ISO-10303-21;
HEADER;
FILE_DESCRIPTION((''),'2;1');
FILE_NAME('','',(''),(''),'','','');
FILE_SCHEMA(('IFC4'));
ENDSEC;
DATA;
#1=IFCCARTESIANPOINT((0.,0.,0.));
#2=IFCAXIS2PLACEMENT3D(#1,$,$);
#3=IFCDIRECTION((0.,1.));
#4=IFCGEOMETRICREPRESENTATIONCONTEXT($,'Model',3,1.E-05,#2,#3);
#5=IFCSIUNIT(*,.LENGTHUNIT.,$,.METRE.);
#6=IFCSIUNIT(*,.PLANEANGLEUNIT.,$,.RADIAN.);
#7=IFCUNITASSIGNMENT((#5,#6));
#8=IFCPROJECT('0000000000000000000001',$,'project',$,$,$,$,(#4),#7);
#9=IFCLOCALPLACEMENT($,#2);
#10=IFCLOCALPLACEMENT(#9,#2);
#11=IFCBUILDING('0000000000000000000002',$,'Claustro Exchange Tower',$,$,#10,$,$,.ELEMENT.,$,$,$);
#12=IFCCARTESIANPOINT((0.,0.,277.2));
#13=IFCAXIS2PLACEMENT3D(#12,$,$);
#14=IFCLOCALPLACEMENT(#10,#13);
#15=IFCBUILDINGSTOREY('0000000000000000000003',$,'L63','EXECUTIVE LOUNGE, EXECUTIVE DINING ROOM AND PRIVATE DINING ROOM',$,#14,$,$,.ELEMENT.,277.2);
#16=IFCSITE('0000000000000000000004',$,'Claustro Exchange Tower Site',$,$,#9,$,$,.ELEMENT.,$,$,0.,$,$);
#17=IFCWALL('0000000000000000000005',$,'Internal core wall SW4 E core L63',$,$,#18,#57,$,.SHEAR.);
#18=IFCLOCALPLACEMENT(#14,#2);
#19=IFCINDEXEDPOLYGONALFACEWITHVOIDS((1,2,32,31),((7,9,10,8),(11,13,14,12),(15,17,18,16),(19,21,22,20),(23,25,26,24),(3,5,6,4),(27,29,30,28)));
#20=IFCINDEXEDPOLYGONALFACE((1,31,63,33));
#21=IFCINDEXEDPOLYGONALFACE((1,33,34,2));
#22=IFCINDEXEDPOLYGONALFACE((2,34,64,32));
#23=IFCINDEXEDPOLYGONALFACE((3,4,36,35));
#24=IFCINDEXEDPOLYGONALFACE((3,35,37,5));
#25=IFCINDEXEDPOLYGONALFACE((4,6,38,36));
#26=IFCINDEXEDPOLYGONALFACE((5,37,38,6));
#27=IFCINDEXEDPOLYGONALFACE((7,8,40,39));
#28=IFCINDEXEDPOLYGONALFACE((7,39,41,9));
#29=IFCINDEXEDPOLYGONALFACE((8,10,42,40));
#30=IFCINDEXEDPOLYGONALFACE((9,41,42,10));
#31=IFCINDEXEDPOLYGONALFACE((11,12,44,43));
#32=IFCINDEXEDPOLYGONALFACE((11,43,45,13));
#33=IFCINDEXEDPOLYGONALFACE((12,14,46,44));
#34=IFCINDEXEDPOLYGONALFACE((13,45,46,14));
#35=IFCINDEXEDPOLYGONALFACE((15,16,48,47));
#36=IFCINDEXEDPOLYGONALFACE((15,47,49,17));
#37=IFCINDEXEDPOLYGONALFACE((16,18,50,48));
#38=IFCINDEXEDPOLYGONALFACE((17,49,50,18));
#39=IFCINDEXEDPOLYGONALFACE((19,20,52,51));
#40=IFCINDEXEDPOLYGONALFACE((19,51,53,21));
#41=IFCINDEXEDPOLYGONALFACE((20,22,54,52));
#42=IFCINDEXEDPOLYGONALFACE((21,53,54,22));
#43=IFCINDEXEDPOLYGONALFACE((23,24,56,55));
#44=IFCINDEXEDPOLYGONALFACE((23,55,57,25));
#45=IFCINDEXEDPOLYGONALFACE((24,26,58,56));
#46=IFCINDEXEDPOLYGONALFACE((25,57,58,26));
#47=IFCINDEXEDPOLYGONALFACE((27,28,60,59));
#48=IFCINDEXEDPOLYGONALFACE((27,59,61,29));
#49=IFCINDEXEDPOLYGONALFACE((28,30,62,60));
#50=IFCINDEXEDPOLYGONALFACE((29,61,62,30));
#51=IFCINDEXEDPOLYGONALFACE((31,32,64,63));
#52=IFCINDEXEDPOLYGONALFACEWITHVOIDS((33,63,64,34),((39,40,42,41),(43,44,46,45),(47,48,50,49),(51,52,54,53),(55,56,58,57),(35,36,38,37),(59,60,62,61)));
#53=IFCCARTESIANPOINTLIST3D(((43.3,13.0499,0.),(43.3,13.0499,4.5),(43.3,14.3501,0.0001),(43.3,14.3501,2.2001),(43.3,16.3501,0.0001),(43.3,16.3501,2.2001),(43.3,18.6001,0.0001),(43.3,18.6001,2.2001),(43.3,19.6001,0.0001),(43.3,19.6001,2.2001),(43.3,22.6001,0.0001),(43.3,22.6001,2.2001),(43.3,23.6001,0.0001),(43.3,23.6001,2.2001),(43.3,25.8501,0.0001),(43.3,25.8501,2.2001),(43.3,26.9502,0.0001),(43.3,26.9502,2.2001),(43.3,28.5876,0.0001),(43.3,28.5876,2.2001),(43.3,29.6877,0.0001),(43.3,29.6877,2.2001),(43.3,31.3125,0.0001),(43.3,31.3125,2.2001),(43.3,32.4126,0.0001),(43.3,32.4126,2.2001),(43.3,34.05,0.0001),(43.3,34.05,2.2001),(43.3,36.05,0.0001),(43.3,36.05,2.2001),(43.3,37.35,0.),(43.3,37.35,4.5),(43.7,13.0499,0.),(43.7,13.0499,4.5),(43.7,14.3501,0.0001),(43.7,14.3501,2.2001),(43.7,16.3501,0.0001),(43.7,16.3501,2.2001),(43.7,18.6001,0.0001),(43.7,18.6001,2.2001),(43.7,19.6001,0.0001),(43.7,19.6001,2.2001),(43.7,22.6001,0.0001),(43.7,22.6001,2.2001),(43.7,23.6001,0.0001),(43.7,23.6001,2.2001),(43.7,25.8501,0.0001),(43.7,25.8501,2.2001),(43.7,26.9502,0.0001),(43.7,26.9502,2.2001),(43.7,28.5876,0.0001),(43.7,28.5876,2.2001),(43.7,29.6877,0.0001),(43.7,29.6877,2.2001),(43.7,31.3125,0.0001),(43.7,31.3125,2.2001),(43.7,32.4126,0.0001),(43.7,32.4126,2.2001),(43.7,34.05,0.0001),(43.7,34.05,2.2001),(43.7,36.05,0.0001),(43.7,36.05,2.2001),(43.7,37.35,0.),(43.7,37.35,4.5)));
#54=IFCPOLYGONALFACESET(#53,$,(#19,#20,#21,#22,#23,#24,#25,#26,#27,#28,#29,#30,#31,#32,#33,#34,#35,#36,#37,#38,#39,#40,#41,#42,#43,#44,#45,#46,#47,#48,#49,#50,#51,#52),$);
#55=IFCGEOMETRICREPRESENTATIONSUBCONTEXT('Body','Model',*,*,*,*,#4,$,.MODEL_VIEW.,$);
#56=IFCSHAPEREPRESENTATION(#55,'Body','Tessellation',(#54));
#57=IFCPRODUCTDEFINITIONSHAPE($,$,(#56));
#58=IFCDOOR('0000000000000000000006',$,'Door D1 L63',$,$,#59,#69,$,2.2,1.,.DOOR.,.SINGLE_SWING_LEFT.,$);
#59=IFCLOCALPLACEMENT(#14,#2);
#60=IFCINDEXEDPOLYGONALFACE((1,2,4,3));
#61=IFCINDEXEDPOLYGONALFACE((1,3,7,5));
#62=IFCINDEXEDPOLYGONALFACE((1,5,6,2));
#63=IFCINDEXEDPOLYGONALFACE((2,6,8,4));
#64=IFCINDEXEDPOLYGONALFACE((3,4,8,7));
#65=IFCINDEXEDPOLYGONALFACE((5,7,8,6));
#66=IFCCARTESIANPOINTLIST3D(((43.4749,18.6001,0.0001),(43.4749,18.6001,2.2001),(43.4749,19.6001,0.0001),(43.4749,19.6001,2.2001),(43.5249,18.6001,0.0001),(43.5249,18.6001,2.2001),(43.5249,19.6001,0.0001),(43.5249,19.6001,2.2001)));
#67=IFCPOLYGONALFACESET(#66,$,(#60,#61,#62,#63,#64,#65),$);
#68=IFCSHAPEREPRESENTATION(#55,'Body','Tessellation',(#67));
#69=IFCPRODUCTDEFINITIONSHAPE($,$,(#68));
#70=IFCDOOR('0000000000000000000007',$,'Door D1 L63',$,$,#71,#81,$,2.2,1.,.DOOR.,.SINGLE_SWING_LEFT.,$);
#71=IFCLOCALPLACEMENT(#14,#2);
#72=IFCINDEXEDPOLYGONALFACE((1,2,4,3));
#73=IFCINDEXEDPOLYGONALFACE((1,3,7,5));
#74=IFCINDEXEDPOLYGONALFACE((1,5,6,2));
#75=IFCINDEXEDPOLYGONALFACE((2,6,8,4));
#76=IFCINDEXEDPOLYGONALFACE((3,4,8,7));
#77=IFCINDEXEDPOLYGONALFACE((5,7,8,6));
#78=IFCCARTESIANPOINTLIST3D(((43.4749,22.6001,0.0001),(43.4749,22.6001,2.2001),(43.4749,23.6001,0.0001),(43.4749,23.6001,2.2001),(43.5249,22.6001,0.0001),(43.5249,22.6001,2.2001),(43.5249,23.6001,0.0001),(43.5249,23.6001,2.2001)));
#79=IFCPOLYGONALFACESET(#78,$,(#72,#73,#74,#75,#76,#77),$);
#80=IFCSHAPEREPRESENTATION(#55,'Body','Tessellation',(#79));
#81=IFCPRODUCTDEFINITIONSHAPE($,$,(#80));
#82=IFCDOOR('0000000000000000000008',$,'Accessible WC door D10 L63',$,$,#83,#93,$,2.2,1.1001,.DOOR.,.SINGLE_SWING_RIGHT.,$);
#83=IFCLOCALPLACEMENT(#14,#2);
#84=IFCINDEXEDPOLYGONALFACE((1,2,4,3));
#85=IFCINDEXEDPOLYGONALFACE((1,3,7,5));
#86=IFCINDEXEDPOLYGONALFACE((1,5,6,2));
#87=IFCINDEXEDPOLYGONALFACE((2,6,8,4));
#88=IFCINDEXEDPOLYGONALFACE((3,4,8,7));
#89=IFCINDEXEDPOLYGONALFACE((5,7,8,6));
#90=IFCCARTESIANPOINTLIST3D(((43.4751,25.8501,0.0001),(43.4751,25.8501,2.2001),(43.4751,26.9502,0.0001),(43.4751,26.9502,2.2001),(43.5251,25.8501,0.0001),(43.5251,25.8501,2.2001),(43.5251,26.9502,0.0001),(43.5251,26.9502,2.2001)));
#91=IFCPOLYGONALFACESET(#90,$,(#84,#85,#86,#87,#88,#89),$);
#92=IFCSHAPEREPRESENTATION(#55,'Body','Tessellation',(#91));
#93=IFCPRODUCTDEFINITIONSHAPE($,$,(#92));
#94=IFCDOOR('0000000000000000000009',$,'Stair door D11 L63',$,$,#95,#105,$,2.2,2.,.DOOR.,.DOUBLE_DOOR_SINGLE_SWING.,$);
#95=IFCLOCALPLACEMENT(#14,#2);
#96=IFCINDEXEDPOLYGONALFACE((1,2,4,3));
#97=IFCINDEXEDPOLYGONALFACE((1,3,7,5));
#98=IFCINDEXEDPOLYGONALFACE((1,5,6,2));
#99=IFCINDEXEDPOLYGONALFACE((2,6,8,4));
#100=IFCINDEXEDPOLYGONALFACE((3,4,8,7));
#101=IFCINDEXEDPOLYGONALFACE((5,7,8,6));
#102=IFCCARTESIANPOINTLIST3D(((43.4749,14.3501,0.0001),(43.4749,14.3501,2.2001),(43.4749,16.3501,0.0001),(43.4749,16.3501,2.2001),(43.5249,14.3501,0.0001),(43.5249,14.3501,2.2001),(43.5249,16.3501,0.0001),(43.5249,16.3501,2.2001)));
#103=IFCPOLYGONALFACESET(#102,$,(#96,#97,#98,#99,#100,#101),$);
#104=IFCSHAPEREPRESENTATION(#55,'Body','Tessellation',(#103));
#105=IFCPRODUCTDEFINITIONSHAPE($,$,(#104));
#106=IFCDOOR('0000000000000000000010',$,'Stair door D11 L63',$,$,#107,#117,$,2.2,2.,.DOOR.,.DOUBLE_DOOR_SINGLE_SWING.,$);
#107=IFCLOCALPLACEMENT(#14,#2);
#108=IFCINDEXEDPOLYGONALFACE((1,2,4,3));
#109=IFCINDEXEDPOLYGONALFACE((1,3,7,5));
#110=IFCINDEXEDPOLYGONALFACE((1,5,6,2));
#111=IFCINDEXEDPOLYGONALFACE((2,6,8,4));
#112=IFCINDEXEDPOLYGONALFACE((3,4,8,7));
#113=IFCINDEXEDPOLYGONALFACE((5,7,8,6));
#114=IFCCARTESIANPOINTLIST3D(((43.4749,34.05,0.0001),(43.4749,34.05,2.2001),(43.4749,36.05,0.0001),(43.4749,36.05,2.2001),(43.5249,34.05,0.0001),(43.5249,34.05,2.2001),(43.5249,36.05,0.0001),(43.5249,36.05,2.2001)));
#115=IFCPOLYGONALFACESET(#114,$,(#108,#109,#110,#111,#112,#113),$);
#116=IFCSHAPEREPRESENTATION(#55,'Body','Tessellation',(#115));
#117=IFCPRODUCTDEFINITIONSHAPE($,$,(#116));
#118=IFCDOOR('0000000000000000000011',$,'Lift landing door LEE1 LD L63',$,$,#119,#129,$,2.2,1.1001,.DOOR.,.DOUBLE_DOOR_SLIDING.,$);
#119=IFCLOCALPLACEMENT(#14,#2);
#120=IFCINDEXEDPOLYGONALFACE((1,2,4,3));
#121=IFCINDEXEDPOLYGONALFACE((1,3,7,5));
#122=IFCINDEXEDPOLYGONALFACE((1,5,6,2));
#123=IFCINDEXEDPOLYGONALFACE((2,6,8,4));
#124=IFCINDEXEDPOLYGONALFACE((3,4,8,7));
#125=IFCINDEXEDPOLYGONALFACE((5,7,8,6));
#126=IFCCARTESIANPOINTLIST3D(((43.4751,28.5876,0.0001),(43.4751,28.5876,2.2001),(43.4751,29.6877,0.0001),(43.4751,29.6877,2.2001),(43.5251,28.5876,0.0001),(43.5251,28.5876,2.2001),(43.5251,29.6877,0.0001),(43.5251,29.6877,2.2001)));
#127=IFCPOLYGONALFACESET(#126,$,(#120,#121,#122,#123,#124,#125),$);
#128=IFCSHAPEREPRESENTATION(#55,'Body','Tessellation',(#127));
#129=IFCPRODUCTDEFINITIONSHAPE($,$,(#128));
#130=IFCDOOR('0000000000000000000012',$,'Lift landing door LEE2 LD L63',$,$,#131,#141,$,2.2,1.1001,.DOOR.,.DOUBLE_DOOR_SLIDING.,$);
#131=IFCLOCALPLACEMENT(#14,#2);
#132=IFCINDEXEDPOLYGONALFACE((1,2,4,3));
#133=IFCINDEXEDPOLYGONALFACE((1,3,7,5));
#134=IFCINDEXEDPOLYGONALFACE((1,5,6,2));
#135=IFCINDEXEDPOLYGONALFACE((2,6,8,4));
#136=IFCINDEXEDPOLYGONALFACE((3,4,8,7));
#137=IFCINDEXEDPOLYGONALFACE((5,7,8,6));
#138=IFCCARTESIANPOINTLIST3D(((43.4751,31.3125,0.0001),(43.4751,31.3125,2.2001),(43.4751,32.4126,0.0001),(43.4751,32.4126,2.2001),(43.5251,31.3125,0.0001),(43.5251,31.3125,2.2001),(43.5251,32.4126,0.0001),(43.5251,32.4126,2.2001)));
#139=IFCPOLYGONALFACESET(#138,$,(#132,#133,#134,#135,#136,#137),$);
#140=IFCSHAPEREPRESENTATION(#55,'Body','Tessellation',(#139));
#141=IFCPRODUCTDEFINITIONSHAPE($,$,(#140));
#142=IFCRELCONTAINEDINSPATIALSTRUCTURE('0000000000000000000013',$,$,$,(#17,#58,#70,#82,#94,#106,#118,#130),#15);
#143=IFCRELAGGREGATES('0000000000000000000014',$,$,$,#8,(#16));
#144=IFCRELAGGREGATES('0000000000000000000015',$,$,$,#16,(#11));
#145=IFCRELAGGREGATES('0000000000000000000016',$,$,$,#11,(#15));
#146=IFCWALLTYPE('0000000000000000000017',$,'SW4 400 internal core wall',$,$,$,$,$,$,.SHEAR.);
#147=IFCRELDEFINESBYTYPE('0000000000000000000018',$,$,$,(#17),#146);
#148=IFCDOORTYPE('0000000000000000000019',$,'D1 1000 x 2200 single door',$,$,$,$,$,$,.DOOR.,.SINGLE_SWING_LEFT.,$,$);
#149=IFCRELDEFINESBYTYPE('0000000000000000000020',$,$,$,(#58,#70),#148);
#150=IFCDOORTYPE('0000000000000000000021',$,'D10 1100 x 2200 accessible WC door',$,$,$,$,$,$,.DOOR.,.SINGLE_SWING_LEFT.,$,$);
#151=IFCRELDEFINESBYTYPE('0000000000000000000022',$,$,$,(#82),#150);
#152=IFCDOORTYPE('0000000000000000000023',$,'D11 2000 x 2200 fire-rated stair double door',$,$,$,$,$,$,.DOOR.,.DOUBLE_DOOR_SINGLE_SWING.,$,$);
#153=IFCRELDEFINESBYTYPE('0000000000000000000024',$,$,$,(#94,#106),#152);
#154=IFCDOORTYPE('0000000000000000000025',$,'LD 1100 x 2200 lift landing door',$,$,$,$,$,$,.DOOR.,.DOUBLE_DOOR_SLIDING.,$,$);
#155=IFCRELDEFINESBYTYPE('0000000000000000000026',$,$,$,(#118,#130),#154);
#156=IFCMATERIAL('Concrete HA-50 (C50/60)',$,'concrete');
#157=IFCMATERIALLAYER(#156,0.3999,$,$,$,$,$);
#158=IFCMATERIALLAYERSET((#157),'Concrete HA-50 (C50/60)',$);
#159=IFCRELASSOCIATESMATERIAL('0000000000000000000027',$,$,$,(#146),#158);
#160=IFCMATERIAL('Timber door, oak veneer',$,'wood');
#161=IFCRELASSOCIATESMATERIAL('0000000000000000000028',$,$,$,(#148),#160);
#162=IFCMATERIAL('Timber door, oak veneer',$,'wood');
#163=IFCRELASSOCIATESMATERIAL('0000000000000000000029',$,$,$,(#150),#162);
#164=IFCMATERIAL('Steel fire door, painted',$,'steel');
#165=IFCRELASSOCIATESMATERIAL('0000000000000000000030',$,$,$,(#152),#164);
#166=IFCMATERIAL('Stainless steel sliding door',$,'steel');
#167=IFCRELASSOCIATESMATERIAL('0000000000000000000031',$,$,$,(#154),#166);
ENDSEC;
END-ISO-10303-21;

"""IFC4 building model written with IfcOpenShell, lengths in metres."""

from ifc_helpers import new_model, si_unit, direction, frame, frame_2d, origin, place, context, subcontext, project, spatial, rectangle, extrude, material, layer, layer_set, type_object, element, fill, save


model = new_model("IFC4")

# Units and contexts
model_context = context("Model", 3, precision=1e-05, world=origin(), true_north=direction((0.0, 1.0)))
body_context = subcontext(model_context, "Body", "Model", "MODEL_VIEW")
ifc_project = project(units=[si_unit("LENGTHUNIT", "METRE"), si_unit("PLANEANGLEUNIT", "RADIAN")], contexts=[model_context])

# Site, building, storey
site_placement = place(None, origin())
site = spatial("IfcSite", under=ifc_project, at=site_placement, Name="Claustro Exchange Tower Site", CompositionType="ELEMENT", RefElevation=0.0)
building_placement = place(site_placement, origin())
building = spatial("IfcBuilding", under=site, at=building_placement, Name="Claustro Exchange Tower", CompositionType="ELEMENT")
storey_placement = place(building_placement, frame((0.0, 0.0, 277.2)))
storey = spatial("IfcBuildingStorey", under=building, at=storey_placement, Name="L63", Description="EXECUTIVE LOUNGE, EXECUTIVE DINING ROOM AND PRIVATE DINING ROOM", CompositionType="ELEMENT", Elevation=277.2)

# Wall, openings, doors
ifc_material_1 = material(Name="Concrete HA-50 (C50/60)", Category="concrete")
ifc_layer_1 = layer(ifc_material_1, 0.3999)
ifc_layer_set_1 = layer_set([ifc_layer_1], Name="Concrete HA-50 (C50/60)")
wall_type_1 = type_object("IfcWallType", Name="SW4 400 internal core wall", PredefinedType="SHEAR", material=ifc_layer_set_1)
wall_1_placement = place(storey_placement, frame((43.5, 13.05, 0.0), z_axis=(0.0, 0.0, 1.0), x_axis=(0.0, 1.0, 0.0)))
wall_1 = element("IfcWall", 1, at=wall_1_placement, inside=storey, type_object=wall_type_1, Name="Internal core wall SW4 E core L63", PredefinedType="SHEAR", context=body_context, shape_type="SweptSolid", body=[
    extrude(rectangle(XDim=24.3, YDim=0.3999, at=frame_2d((12.1499, 0.0))), origin(), (0.0, 0.0, 1.0), 4.5),
])
opening_1_placement = place(wall_1_placement, frame((1.3, 0.0, 0.0)))
opening_1 = element("IfcOpeningElement", 2, at=opening_1_placement, cuts=wall_1, PredefinedType="OPENING", context=body_context, shape_type="SweptSolid", body=[
    extrude(rectangle(XDim=2.0, YDim=2.2, at=frame_2d((1.0, 1.1001))), frame((0.0, 0.21, 0.0), z_axis=(0.0, -1.0, 0.0), x_axis=(1.0, 0.0, 0.0)), (0.0, 0.0, 1.0), 0.4199),
])
opening_2_placement = place(wall_1_placement, frame((21.0, 0.0, 0.0)))
opening_2 = element("IfcOpeningElement", 3, at=opening_2_placement, cuts=wall_1, PredefinedType="OPENING", context=body_context, shape_type="SweptSolid", body=[
    extrude(rectangle(XDim=2.0, YDim=2.2, at=frame_2d((1.0, 1.1001))), frame((0.0, 0.21, 0.0), z_axis=(0.0, -1.0, 0.0), x_axis=(1.0, 0.0, 0.0)), (0.0, 0.0, 1.0), 0.4199),
])
opening_3_placement = place(wall_1_placement, frame((5.55, 0.0, 0.0)))
opening_3 = element("IfcOpeningElement", 4, at=opening_3_placement, cuts=wall_1, PredefinedType="OPENING", context=body_context, shape_type="SweptSolid", body=[
    extrude(rectangle(XDim=1.0, YDim=2.2, at=frame_2d((0.5, 1.1001))), frame((0.0, 0.21, 0.0), z_axis=(0.0, -1.0, 0.0), x_axis=(1.0, 0.0, 0.0)), (0.0, 0.0, 1.0), 0.4199),
])
opening_4_placement = place(wall_1_placement, frame((9.55, 0.0, 0.0)))
opening_4 = element("IfcOpeningElement", 5, at=opening_4_placement, cuts=wall_1, PredefinedType="OPENING", context=body_context, shape_type="SweptSolid", body=[
    extrude(rectangle(XDim=1.0, YDim=2.2, at=frame_2d((0.5, 1.1001))), frame((0.0, 0.21, 0.0), z_axis=(0.0, -1.0, 0.0), x_axis=(1.0, 0.0, 0.0)), (0.0, 0.0, 1.0), 0.4199),
])
opening_5_placement = place(wall_1_placement, frame((12.8, 0.0, 0.0)))
opening_5 = element("IfcOpeningElement", 6, at=opening_5_placement, cuts=wall_1, PredefinedType="OPENING", context=body_context, shape_type="SweptSolid", body=[
    extrude(rectangle(XDim=1.1001, YDim=2.2, at=frame_2d((0.55, 1.1001))), frame((0.0, 0.21, 0.0), z_axis=(0.0, -1.0, 0.0), x_axis=(1.0, 0.0, 0.0)), (0.0, 0.0, 1.0), 0.4199),
])
opening_6_placement = place(wall_1_placement, frame((15.5376, 0.0, 0.0)))
opening_6 = element("IfcOpeningElement", 7, at=opening_6_placement, cuts=wall_1, PredefinedType="OPENING", context=body_context, shape_type="SweptSolid", body=[
    extrude(rectangle(XDim=1.1001, YDim=2.2, at=frame_2d((0.55, 1.1001))), frame((0.0, 0.21, 0.0), z_axis=(0.0, -1.0, 0.0), x_axis=(1.0, 0.0, 0.0)), (0.0, 0.0, 1.0), 0.4199),
])
opening_7_placement = place(wall_1_placement, frame((18.2625, 0.0, 0.0)))
opening_7 = element("IfcOpeningElement", 8, at=opening_7_placement, cuts=wall_1, PredefinedType="OPENING", context=body_context, shape_type="SweptSolid", body=[
    extrude(rectangle(XDim=1.1001, YDim=2.2, at=frame_2d((0.55, 1.1001))), frame((0.0, 0.21, 0.0), z_axis=(0.0, -1.0, 0.0), x_axis=(1.0, 0.0, 0.0)), (0.0, 0.0, 1.0), 0.4199),
])
ifc_material_2 = material(Name="Timber door, oak veneer", Category="wood")
door_type_1 = type_object("IfcDoorType", Name="D1 1000 x 2200 single door", OperationType="SINGLE_SWING_LEFT", PredefinedType="DOOR", material=ifc_material_2)
door_1_placement = place(opening_3_placement, frame((1.0, 0.0, 0.0), z_axis=(0.0, 0.0, 1.0), x_axis=(-1.0, 0.0, 0.0)))
door_1 = element("IfcDoor", 9, at=door_1_placement, inside=storey, type_object=door_type_1, Name="Door D1 L63", OperationType="SINGLE_SWING_LEFT", OverallHeight=2.2, OverallWidth=1.0, PredefinedType="DOOR", context=body_context, shape_type="SweptSolid", body=[
    extrude(rectangle(XDim=1.0, YDim=2.2, at=frame_2d((0.5, 1.1001))), frame((0.0, 0.0249, 0.0), z_axis=(0.0, -1.0, 0.0), x_axis=(1.0, 0.0, 0.0)), (0.0, 0.0, 1.0), 0.05),
])
fill(opening_3, door_1)
door_2_placement = place(opening_4_placement, frame((1.0, 0.0, 0.0), z_axis=(0.0, 0.0, 1.0), x_axis=(-1.0, 0.0, 0.0)))
door_2 = element("IfcDoor", 10, at=door_2_placement, inside=storey, type_object=door_type_1, Name="Door D1 L63", OperationType="SINGLE_SWING_LEFT", OverallHeight=2.2, OverallWidth=1.0, PredefinedType="DOOR", context=body_context, shape_type="SweptSolid", body=[
    extrude(rectangle(XDim=1.0, YDim=2.2, at=frame_2d((0.5, 1.1001))), frame((0.0, 0.0249, 0.0), z_axis=(0.0, -1.0, 0.0), x_axis=(1.0, 0.0, 0.0)), (0.0, 0.0, 1.0), 0.05),
])
fill(opening_4, door_2)
ifc_material_3 = material(Name="Timber door, oak veneer", Category="wood")
door_type_2 = type_object("IfcDoorType", Name="D10 1100 x 2200 accessible WC door", OperationType="SINGLE_SWING_LEFT", PredefinedType="DOOR", material=ifc_material_3)
door_3_placement = place(opening_5_placement, origin())
door_3 = element("IfcDoor", 11, at=door_3_placement, inside=storey, type_object=door_type_2, Name="Accessible WC door D10 L63", OperationType="SINGLE_SWING_RIGHT", OverallHeight=2.2, OverallWidth=1.1001, PredefinedType="DOOR", context=body_context, shape_type="SweptSolid", body=[
    extrude(rectangle(XDim=1.1001, YDim=2.2, at=frame_2d((0.55, 1.1001))), frame((0.0, 0.0249, 0.0), z_axis=(0.0, -1.0, 0.0), x_axis=(1.0, 0.0, 0.0)), (0.0, 0.0, 1.0), 0.05),
])
fill(opening_5, door_3)
ifc_material_4 = material(Name="Steel fire door, painted", Category="steel")
door_type_3 = type_object("IfcDoorType", Name="D11 2000 x 2200 fire-rated stair double door", OperationType="DOUBLE_DOOR_SINGLE_SWING", PredefinedType="DOOR", material=ifc_material_4)
door_4_placement = place(opening_1_placement, frame((2.0, 0.0, 0.0), z_axis=(0.0, 0.0, 1.0), x_axis=(-1.0, 0.0, 0.0)))
door_4 = element("IfcDoor", 12, at=door_4_placement, inside=storey, type_object=door_type_3, Name="Stair door D11 L63", OperationType="DOUBLE_DOOR_SINGLE_SWING", OverallHeight=2.2, OverallWidth=2.0, PredefinedType="DOOR", context=body_context, shape_type="SweptSolid", body=[
    extrude(rectangle(XDim=2.0, YDim=2.2, at=frame_2d((1.0, 1.1001))), frame((0.0, 0.0249, 0.0), z_axis=(0.0, -1.0, 0.0), x_axis=(1.0, 0.0, 0.0)), (0.0, 0.0, 1.0), 0.05),
])
fill(opening_1, door_4)
door_5_placement = place(opening_2_placement, frame((2.0, 0.0, 0.0), z_axis=(0.0, 0.0, 1.0), x_axis=(-1.0, 0.0, 0.0)))
door_5 = element("IfcDoor", 13, at=door_5_placement, inside=storey, type_object=door_type_3, Name="Stair door D11 L63", OperationType="DOUBLE_DOOR_SINGLE_SWING", OverallHeight=2.2, OverallWidth=2.0, PredefinedType="DOOR", context=body_context, shape_type="SweptSolid", body=[
    extrude(rectangle(XDim=2.0, YDim=2.2, at=frame_2d((1.0, 1.1001))), frame((0.0, 0.0249, 0.0), z_axis=(0.0, -1.0, 0.0), x_axis=(1.0, 0.0, 0.0)), (0.0, 0.0, 1.0), 0.05),
])
fill(opening_2, door_5)
ifc_material_5 = material(Name="Stainless steel sliding door", Category="steel")
door_type_4 = type_object("IfcDoorType", Name="LD 1100 x 2200 lift landing door", OperationType="DOUBLE_DOOR_SLIDING", PredefinedType="DOOR", material=ifc_material_5)
door_6_placement = place(opening_6_placement, origin())
door_6 = element("IfcDoor", 14, at=door_6_placement, inside=storey, type_object=door_type_4, Name="Lift landing door LEE1 LD L63", OperationType="DOUBLE_DOOR_SLIDING", OverallHeight=2.2, OverallWidth=1.1001, PredefinedType="DOOR", context=body_context, shape_type="SweptSolid", body=[
    extrude(rectangle(XDim=1.1001, YDim=2.2, at=frame_2d((0.55, 1.1001))), frame((0.0, 0.0249, 0.0), z_axis=(0.0, -1.0, 0.0), x_axis=(1.0, 0.0, 0.0)), (0.0, 0.0, 1.0), 0.05),
])
fill(opening_6, door_6)
door_7_placement = place(opening_7_placement, origin())
door_7 = element("IfcDoor", 15, at=door_7_placement, inside=storey, type_object=door_type_4, Name="Lift landing door LEE2 LD L63", OperationType="DOUBLE_DOOR_SLIDING", OverallHeight=2.2, OverallWidth=1.1001, PredefinedType="DOOR", context=body_context, shape_type="SweptSolid", body=[
    extrude(rectangle(XDim=1.1001, YDim=2.2, at=frame_2d((0.55, 1.1001))), frame((0.0, 0.0249, 0.0), z_axis=(0.0, -1.0, 0.0), x_axis=(1.0, 0.0, 0.0)), (0.0, 0.0, 1.0), 0.05),
])
fill(opening_7, door_7)

save(model, "model.ifc")
